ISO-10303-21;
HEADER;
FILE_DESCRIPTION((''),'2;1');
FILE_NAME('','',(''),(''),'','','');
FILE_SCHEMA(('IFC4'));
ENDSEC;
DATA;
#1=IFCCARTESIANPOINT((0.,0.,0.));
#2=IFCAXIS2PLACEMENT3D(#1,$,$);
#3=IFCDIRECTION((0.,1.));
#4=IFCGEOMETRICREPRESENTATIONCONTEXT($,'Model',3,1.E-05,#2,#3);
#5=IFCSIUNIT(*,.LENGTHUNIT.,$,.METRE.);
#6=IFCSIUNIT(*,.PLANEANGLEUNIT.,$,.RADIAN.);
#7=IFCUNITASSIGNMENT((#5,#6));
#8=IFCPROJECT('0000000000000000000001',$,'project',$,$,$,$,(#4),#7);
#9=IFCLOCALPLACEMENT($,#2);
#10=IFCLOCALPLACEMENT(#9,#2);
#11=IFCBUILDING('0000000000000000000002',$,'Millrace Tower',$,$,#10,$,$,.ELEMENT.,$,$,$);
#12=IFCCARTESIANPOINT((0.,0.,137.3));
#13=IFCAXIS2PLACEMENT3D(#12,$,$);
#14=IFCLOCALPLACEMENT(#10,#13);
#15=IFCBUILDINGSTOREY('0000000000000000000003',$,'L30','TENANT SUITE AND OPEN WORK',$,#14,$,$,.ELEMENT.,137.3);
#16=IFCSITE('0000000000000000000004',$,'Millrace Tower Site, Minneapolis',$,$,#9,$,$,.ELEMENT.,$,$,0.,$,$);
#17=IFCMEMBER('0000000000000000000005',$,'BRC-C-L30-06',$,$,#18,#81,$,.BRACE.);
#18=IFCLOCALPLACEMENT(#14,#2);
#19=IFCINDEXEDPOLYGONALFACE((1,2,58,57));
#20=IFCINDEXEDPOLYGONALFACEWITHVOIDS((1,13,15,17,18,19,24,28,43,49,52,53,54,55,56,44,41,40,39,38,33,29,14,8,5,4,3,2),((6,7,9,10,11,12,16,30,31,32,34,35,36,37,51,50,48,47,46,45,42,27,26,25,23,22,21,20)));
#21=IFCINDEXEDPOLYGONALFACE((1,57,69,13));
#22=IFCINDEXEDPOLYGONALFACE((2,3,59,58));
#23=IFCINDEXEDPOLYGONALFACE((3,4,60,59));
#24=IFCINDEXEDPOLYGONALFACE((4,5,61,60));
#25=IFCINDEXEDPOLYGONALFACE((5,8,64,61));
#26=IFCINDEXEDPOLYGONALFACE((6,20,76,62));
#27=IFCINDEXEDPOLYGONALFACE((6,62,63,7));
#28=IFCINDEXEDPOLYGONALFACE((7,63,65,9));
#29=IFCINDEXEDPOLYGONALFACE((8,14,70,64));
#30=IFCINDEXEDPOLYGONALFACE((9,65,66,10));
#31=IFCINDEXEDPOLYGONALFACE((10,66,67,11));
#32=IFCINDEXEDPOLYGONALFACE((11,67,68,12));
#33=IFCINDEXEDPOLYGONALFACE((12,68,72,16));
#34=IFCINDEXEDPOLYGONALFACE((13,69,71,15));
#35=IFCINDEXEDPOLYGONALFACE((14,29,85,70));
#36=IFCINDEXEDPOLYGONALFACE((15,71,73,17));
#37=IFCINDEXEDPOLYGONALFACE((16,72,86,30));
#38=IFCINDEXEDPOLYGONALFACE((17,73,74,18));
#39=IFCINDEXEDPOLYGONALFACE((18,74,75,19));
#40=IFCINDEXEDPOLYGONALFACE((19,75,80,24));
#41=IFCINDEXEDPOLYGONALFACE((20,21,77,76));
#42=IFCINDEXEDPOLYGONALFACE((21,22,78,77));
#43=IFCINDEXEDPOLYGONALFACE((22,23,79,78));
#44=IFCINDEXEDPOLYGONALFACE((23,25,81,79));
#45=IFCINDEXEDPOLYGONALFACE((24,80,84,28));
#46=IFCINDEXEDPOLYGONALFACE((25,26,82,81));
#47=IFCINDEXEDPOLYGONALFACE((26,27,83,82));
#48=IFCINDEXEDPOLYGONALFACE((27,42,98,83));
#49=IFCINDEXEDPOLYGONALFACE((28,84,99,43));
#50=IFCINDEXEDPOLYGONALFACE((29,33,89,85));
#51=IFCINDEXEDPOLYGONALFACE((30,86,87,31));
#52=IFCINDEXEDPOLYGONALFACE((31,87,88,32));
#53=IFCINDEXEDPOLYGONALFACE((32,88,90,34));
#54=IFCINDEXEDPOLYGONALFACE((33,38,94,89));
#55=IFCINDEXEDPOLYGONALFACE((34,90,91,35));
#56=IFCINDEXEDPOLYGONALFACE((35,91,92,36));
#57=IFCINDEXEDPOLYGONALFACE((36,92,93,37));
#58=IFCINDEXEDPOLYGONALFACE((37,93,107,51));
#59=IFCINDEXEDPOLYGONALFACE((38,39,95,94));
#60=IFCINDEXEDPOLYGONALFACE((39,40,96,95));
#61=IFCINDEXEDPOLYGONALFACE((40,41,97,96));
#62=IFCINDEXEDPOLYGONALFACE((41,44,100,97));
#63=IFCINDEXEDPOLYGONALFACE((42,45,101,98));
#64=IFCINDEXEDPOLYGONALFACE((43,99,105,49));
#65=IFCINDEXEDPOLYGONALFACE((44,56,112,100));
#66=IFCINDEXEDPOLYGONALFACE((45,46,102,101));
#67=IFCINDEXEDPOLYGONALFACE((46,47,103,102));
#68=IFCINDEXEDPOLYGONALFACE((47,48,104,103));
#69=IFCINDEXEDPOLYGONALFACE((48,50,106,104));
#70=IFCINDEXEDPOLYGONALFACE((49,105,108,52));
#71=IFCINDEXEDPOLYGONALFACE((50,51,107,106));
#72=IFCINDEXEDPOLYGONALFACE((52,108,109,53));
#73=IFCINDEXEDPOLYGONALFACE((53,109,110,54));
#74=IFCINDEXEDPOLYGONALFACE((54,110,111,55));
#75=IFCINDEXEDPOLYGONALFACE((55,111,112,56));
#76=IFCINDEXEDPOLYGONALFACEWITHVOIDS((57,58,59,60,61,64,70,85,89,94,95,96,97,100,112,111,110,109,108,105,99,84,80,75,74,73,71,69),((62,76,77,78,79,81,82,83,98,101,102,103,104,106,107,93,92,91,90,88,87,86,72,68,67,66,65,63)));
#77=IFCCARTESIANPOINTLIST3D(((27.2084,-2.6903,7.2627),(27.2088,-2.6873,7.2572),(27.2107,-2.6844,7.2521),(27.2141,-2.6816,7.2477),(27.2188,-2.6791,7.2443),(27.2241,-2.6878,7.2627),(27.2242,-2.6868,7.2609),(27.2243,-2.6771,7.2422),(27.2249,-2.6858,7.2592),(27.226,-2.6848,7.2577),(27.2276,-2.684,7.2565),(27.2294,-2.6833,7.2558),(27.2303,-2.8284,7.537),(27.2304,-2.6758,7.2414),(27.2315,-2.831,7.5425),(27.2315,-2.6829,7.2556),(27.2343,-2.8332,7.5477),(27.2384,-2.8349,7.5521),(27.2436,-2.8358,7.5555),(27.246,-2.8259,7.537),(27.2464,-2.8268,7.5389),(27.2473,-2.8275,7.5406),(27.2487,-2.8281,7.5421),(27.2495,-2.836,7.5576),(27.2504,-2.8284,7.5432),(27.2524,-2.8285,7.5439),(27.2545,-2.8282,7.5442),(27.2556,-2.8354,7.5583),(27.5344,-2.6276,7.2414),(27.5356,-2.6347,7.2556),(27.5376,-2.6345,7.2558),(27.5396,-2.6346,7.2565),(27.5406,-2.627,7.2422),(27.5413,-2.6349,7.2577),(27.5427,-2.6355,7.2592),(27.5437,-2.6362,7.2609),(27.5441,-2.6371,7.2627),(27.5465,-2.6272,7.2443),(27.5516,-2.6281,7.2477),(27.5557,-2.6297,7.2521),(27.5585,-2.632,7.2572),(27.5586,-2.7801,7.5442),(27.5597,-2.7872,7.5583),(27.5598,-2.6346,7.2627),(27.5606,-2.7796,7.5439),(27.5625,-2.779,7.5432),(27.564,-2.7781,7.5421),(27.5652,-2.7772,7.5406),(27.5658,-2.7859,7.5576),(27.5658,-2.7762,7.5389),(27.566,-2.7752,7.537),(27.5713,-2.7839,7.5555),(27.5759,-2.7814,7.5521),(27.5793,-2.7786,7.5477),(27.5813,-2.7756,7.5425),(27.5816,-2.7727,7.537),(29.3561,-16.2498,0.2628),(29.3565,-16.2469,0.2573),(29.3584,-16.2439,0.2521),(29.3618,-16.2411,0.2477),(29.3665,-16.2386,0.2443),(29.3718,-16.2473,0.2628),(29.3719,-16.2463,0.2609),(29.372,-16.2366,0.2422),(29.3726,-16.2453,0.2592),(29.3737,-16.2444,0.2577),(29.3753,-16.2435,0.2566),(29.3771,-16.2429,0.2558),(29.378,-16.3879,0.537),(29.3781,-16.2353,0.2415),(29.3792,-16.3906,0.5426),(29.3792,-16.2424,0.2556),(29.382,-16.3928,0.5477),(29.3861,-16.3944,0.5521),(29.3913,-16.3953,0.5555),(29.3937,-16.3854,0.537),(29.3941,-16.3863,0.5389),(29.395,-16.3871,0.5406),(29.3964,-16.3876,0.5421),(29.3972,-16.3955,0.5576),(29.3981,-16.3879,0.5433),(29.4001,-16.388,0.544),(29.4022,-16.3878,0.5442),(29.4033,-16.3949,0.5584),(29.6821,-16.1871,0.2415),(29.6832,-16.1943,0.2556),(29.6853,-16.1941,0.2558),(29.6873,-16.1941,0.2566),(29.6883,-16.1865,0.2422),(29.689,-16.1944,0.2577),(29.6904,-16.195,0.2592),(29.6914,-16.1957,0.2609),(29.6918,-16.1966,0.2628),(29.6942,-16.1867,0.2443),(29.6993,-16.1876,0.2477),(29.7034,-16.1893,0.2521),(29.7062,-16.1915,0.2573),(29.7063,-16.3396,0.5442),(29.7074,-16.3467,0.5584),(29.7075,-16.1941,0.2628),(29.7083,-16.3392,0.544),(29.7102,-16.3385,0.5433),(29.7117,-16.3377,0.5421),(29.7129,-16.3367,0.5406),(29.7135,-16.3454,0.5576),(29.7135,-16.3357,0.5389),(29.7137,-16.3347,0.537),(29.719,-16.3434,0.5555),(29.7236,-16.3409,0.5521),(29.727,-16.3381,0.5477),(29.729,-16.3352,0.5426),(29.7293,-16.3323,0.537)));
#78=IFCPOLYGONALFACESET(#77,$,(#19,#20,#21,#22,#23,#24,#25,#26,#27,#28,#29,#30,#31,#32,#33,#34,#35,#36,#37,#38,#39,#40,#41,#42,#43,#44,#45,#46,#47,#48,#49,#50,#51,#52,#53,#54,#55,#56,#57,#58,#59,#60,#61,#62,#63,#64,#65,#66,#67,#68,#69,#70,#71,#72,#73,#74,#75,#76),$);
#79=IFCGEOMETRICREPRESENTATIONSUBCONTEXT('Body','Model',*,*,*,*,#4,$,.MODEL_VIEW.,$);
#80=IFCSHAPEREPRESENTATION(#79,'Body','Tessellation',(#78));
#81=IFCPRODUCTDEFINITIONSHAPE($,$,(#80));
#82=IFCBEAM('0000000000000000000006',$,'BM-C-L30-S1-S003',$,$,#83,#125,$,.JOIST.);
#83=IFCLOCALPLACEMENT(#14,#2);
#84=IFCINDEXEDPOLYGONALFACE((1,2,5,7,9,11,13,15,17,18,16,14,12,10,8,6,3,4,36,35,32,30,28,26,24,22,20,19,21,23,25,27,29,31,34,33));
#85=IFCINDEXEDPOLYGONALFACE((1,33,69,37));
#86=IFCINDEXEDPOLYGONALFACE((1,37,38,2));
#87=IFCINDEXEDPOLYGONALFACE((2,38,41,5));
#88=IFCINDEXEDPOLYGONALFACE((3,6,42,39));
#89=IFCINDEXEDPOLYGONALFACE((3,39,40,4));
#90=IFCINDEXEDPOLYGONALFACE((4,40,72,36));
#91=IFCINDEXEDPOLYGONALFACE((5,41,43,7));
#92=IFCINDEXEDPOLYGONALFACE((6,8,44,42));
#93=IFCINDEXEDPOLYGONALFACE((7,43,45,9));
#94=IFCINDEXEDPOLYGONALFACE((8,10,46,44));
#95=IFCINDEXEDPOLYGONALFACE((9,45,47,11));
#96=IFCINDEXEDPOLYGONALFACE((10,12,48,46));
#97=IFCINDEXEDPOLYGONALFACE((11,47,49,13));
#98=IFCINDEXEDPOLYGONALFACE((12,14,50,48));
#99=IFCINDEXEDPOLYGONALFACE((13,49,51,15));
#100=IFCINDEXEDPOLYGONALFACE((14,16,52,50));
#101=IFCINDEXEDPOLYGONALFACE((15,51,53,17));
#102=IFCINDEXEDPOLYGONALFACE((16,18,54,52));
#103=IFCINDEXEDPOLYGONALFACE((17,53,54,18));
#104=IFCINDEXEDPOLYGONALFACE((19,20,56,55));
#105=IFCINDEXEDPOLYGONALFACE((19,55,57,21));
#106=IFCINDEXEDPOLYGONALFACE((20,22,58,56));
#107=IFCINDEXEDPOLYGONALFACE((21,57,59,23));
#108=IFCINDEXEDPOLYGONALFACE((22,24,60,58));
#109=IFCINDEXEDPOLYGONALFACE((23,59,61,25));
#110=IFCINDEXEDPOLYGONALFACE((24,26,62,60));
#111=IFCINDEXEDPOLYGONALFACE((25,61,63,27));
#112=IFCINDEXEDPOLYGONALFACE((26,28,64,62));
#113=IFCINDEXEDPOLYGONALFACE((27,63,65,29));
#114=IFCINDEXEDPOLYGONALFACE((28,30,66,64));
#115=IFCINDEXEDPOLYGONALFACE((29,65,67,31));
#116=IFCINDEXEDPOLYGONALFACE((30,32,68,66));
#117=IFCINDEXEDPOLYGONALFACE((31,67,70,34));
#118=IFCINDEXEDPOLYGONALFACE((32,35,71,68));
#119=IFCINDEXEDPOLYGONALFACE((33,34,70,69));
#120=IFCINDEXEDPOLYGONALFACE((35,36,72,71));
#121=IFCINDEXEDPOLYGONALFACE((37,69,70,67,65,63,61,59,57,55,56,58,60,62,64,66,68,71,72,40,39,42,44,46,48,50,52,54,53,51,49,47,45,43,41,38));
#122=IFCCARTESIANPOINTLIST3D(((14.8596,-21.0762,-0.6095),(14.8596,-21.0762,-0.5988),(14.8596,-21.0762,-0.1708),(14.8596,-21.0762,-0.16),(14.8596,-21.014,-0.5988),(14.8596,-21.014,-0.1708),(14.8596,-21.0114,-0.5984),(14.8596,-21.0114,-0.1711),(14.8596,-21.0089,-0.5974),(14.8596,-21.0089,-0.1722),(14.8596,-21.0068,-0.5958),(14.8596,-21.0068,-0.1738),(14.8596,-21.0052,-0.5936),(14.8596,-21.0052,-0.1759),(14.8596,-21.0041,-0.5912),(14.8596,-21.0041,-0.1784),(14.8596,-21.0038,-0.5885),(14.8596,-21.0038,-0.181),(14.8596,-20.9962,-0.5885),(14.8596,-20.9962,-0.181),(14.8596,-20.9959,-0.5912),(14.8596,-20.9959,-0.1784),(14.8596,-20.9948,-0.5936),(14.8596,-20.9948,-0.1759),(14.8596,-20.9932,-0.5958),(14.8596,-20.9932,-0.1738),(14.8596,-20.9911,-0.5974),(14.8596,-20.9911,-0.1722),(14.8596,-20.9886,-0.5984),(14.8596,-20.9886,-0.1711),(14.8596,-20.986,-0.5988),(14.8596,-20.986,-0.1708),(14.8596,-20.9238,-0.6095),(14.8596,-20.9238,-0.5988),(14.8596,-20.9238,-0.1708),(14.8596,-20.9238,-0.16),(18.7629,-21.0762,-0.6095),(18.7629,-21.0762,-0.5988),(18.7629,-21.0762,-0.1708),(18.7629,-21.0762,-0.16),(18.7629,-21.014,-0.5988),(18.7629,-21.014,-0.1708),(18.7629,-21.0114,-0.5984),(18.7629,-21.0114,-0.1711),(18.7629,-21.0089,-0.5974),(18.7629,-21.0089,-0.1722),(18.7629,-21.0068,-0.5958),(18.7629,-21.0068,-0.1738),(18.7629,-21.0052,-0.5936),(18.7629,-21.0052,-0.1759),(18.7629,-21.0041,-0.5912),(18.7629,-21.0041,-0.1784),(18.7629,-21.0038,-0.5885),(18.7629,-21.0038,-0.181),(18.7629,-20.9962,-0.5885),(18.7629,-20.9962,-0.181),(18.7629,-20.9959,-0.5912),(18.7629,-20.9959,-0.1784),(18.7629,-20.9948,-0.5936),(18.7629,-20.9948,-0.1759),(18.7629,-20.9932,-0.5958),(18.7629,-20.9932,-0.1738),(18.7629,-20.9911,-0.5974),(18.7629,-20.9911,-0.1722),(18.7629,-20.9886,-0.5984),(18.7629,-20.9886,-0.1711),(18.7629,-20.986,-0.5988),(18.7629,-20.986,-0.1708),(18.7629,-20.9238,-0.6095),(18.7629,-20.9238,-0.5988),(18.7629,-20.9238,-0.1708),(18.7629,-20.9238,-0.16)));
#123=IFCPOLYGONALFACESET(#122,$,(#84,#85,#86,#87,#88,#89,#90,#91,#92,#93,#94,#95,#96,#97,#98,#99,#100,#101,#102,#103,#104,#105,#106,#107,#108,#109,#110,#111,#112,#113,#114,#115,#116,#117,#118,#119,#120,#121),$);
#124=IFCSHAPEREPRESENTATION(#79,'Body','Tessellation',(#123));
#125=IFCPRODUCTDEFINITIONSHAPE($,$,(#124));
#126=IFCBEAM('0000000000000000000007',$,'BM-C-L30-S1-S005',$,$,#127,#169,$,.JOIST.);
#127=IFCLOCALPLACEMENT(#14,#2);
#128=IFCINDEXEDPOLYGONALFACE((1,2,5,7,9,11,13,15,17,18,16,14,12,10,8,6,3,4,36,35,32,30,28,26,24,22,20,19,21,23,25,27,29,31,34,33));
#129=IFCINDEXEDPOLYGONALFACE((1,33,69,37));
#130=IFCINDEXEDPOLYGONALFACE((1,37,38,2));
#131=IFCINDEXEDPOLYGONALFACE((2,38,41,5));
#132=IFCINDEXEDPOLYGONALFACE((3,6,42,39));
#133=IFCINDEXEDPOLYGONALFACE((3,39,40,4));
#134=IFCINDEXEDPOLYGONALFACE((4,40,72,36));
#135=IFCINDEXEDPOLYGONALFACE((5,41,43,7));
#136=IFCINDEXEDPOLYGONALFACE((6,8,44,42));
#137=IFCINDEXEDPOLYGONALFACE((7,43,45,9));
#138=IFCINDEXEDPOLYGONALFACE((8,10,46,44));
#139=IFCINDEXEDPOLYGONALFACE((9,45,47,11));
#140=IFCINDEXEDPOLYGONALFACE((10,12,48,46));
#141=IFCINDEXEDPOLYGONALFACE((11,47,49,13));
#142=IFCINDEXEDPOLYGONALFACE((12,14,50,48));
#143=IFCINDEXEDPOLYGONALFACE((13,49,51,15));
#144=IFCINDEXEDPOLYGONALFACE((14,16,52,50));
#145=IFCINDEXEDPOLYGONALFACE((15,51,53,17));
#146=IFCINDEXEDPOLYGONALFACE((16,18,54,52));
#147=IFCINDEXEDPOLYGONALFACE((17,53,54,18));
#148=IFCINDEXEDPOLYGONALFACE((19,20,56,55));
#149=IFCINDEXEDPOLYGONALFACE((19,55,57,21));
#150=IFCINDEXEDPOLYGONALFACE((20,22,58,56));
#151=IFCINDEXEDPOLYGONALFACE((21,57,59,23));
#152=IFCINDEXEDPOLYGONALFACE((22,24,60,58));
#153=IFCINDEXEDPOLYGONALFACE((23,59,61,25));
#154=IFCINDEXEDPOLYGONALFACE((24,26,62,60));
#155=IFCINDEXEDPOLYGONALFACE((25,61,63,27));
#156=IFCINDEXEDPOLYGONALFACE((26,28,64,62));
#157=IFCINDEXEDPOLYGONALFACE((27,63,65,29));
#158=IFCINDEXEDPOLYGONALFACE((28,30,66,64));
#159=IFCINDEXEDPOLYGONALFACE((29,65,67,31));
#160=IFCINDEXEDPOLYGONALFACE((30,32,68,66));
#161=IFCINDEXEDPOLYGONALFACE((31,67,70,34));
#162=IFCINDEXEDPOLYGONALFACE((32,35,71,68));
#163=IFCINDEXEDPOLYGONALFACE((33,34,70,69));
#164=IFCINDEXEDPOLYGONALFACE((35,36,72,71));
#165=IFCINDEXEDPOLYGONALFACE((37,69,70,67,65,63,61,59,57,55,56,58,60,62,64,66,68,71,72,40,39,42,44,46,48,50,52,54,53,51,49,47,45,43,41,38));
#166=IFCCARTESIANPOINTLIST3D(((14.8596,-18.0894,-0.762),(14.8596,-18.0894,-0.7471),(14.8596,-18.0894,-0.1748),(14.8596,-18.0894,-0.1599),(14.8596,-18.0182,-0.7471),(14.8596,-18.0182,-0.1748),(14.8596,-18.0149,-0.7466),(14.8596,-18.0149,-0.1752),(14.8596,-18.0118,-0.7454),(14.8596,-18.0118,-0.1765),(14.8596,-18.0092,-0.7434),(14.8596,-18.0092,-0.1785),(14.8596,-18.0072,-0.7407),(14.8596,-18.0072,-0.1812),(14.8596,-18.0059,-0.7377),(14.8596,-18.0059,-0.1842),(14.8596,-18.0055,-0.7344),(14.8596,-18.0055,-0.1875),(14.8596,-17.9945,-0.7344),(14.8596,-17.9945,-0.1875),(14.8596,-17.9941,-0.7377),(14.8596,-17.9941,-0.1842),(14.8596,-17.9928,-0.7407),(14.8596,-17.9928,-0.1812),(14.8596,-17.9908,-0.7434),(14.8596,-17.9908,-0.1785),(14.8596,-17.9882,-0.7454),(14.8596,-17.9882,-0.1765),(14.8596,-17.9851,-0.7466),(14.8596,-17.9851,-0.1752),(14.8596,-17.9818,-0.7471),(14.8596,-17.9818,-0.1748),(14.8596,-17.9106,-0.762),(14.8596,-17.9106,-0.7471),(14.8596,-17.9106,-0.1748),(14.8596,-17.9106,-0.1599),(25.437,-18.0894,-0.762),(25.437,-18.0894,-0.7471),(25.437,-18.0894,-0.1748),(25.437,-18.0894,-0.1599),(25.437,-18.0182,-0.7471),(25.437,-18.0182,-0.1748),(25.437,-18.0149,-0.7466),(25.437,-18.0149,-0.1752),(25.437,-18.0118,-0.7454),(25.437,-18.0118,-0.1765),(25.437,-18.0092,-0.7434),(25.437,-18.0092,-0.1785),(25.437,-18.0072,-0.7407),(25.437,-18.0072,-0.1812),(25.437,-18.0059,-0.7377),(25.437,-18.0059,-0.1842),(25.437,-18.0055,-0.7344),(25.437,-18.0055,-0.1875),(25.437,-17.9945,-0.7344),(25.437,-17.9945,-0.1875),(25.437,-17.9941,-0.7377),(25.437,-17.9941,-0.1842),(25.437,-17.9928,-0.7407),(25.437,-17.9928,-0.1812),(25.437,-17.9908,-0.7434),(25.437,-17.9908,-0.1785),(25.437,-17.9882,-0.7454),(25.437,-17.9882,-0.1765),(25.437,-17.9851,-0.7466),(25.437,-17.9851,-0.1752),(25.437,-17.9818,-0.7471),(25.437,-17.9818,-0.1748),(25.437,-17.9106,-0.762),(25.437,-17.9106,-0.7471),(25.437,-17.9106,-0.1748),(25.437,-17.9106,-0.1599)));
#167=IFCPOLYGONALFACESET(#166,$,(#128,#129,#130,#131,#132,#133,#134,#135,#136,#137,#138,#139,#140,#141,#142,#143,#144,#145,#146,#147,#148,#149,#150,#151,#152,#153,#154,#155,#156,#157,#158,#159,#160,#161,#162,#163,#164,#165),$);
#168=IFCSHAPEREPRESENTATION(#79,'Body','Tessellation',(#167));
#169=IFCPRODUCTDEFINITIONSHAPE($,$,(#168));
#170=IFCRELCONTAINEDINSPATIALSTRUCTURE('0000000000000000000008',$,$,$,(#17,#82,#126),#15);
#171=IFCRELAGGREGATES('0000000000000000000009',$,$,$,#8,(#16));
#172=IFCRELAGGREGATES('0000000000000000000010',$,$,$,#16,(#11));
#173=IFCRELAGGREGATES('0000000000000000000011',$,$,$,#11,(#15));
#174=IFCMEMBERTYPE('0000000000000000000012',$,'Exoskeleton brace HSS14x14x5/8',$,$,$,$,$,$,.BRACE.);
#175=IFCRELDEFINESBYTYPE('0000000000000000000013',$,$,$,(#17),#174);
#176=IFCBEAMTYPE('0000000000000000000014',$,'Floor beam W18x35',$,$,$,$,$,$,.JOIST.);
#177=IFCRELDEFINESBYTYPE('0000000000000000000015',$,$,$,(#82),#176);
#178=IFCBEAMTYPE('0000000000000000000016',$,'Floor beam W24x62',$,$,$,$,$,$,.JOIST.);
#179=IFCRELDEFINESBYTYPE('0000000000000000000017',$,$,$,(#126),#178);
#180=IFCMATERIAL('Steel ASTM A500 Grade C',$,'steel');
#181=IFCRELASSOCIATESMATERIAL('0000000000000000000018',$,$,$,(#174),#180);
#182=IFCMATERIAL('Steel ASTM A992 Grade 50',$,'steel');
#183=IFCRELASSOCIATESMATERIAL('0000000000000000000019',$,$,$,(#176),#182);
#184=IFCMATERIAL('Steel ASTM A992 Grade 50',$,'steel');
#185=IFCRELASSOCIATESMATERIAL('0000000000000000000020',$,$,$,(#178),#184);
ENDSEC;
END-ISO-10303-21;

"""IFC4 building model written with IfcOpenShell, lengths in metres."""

from ifc_helpers import new_model, si_unit, direction, frame, origin, origin_2d, place, context, subcontext, project, spatial, hollow_rectangle, i_section, extrude, material, material_profile, profile_set, type_object, element, save


model = new_model("IFC4")

# Units and contexts
model_context = context("Model", 3, precision=1e-05, world=origin(), true_north=direction((0.0, 1.0)))
body_context = subcontext(model_context, "Body", "Model", "MODEL_VIEW")
ifc_project = project(units=[si_unit("LENGTHUNIT", "METRE"), si_unit("PLANEANGLEUNIT", "RADIAN")], contexts=[model_context])

# Site, building, storey
site_placement = place(None, origin())
site = spatial("IfcSite", under=ifc_project, at=site_placement, Name="Millrace Tower Site, Minneapolis", CompositionType="ELEMENT", RefElevation=0.0)
building_placement = place(site_placement, origin())
building = spatial("IfcBuilding", under=site, at=building_placement, Name="Millrace Tower", CompositionType="ELEMENT")
storey_placement = place(building_placement, frame((0.0, 0.0, 137.3)))
storey = spatial("IfcBuildingStorey", under=building, at=storey_placement, Name="L30", Description="TENANT SUITE AND OPEN WORK", CompositionType="ELEMENT", Elevation=137.3)

# Member
ifc_material_1 = material(Name="Steel ASTM A500 Grade C", Category="steel")
ifc_material_profile_1 = material_profile(ifc_material_1, hollow_rectangle(XDim=0.3557, YDim=0.3557, WallThickness=0.0159, InnerFilletRadius=0.0081, OuterFilletRadius=0.0239, at=origin_2d()))
ifc_profile_set_1 = profile_set([ifc_material_profile_1], Name="Steel ASTM A500 Grade C")
member_type_1 = type_object("IfcMemberType", Name="Exoskeleton brace HSS14x14x5/8", PredefinedType="BRACE", material=ifc_profile_set_1)
member_1_placement = place(storey_placement, frame((29.5427, -16.291, 0.3999), z_axis=(-0.139369, 0.879908, 0.454244), x_axis=(-0.987687, -0.15644, 0.0)))
element("IfcMember", 1, at=member_1_placement, inside=storey, type_object=member_type_1, Name="BRC-C-L30-06", PredefinedType="BRACE", context=body_context, shape_type="SweptSolid", body=[
    extrude(hollow_rectangle(XDim=0.3557, YDim=0.3557, WallThickness=0.0159, InnerFilletRadius=0.0081, OuterFilletRadius=0.0239, at=origin_2d()), origin(), (0.0, 0.0, 1.0), 15.4102),
])

# Beams
ifc_material_2 = material(Name="Steel ASTM A992 Grade 50", Category="steel")
ifc_material_profile_2 = material_profile(ifc_material_2, i_section(OverallWidth=0.1523, OverallDepth=0.4495, WebThickness=0.0076, FlangeThickness=0.0107, FilletRadius=0.0103, at=origin_2d()))
ifc_profile_set_2 = profile_set([ifc_material_profile_2], Name="Steel ASTM A992 Grade 50")
beam_type_1 = type_object("IfcBeamType", Name="Floor beam W18x35", PredefinedType="JOIST", material=ifc_profile_set_2)
beam_1_placement = place(storey_placement, frame((14.8596, -21.0, -0.3848), z_axis=(1.0, 0.0, 0.0), x_axis=(0.0, 1.0, 0.0)))
element("IfcBeam", 2, at=beam_1_placement, inside=storey, type_object=beam_type_1, Name="BM-C-L30-S1-S003", PredefinedType="JOIST", context=body_context, shape_type="SweptSolid", body=[
    extrude(i_section(OverallWidth=0.1523, OverallDepth=0.4495, WebThickness=0.0076, FlangeThickness=0.0107, FilletRadius=0.0103, at=origin_2d()), origin(), (0.0, 0.0, 1.0), 3.9033),
])
ifc_material_3 = material(Name="Steel ASTM A992 Grade 50", Category="steel")
ifc_material_profile_3 = material_profile(ifc_material_3, i_section(OverallWidth=0.1787, OverallDepth=0.6021, WebThickness=0.011, FlangeThickness=0.0149, FilletRadius=0.0127, at=origin_2d()))
ifc_profile_set_3 = profile_set([ifc_material_profile_3], Name="Steel ASTM A992 Grade 50")
beam_type_2 = type_object("IfcBeamType", Name="Floor beam W24x62", PredefinedType="JOIST", material=ifc_profile_set_3)
beam_2_placement = place(storey_placement, frame((14.8596, -18.0, -0.4609), z_axis=(1.0, 0.0, 0.0), x_axis=(0.0, 1.0, 0.0)))
element("IfcBeam", 3, at=beam_2_placement, inside=storey, type_object=beam_type_2, Name="BM-C-L30-S1-S005", PredefinedType="JOIST", context=body_context, shape_type="SweptSolid", body=[
    extrude(i_section(OverallWidth=0.1787, OverallDepth=0.6021, WebThickness=0.011, FlangeThickness=0.0149, FilletRadius=0.0127, at=origin_2d()), origin(), (0.0, 0.0, 1.0), 10.5774),
])

save(model, "model.ifc")
